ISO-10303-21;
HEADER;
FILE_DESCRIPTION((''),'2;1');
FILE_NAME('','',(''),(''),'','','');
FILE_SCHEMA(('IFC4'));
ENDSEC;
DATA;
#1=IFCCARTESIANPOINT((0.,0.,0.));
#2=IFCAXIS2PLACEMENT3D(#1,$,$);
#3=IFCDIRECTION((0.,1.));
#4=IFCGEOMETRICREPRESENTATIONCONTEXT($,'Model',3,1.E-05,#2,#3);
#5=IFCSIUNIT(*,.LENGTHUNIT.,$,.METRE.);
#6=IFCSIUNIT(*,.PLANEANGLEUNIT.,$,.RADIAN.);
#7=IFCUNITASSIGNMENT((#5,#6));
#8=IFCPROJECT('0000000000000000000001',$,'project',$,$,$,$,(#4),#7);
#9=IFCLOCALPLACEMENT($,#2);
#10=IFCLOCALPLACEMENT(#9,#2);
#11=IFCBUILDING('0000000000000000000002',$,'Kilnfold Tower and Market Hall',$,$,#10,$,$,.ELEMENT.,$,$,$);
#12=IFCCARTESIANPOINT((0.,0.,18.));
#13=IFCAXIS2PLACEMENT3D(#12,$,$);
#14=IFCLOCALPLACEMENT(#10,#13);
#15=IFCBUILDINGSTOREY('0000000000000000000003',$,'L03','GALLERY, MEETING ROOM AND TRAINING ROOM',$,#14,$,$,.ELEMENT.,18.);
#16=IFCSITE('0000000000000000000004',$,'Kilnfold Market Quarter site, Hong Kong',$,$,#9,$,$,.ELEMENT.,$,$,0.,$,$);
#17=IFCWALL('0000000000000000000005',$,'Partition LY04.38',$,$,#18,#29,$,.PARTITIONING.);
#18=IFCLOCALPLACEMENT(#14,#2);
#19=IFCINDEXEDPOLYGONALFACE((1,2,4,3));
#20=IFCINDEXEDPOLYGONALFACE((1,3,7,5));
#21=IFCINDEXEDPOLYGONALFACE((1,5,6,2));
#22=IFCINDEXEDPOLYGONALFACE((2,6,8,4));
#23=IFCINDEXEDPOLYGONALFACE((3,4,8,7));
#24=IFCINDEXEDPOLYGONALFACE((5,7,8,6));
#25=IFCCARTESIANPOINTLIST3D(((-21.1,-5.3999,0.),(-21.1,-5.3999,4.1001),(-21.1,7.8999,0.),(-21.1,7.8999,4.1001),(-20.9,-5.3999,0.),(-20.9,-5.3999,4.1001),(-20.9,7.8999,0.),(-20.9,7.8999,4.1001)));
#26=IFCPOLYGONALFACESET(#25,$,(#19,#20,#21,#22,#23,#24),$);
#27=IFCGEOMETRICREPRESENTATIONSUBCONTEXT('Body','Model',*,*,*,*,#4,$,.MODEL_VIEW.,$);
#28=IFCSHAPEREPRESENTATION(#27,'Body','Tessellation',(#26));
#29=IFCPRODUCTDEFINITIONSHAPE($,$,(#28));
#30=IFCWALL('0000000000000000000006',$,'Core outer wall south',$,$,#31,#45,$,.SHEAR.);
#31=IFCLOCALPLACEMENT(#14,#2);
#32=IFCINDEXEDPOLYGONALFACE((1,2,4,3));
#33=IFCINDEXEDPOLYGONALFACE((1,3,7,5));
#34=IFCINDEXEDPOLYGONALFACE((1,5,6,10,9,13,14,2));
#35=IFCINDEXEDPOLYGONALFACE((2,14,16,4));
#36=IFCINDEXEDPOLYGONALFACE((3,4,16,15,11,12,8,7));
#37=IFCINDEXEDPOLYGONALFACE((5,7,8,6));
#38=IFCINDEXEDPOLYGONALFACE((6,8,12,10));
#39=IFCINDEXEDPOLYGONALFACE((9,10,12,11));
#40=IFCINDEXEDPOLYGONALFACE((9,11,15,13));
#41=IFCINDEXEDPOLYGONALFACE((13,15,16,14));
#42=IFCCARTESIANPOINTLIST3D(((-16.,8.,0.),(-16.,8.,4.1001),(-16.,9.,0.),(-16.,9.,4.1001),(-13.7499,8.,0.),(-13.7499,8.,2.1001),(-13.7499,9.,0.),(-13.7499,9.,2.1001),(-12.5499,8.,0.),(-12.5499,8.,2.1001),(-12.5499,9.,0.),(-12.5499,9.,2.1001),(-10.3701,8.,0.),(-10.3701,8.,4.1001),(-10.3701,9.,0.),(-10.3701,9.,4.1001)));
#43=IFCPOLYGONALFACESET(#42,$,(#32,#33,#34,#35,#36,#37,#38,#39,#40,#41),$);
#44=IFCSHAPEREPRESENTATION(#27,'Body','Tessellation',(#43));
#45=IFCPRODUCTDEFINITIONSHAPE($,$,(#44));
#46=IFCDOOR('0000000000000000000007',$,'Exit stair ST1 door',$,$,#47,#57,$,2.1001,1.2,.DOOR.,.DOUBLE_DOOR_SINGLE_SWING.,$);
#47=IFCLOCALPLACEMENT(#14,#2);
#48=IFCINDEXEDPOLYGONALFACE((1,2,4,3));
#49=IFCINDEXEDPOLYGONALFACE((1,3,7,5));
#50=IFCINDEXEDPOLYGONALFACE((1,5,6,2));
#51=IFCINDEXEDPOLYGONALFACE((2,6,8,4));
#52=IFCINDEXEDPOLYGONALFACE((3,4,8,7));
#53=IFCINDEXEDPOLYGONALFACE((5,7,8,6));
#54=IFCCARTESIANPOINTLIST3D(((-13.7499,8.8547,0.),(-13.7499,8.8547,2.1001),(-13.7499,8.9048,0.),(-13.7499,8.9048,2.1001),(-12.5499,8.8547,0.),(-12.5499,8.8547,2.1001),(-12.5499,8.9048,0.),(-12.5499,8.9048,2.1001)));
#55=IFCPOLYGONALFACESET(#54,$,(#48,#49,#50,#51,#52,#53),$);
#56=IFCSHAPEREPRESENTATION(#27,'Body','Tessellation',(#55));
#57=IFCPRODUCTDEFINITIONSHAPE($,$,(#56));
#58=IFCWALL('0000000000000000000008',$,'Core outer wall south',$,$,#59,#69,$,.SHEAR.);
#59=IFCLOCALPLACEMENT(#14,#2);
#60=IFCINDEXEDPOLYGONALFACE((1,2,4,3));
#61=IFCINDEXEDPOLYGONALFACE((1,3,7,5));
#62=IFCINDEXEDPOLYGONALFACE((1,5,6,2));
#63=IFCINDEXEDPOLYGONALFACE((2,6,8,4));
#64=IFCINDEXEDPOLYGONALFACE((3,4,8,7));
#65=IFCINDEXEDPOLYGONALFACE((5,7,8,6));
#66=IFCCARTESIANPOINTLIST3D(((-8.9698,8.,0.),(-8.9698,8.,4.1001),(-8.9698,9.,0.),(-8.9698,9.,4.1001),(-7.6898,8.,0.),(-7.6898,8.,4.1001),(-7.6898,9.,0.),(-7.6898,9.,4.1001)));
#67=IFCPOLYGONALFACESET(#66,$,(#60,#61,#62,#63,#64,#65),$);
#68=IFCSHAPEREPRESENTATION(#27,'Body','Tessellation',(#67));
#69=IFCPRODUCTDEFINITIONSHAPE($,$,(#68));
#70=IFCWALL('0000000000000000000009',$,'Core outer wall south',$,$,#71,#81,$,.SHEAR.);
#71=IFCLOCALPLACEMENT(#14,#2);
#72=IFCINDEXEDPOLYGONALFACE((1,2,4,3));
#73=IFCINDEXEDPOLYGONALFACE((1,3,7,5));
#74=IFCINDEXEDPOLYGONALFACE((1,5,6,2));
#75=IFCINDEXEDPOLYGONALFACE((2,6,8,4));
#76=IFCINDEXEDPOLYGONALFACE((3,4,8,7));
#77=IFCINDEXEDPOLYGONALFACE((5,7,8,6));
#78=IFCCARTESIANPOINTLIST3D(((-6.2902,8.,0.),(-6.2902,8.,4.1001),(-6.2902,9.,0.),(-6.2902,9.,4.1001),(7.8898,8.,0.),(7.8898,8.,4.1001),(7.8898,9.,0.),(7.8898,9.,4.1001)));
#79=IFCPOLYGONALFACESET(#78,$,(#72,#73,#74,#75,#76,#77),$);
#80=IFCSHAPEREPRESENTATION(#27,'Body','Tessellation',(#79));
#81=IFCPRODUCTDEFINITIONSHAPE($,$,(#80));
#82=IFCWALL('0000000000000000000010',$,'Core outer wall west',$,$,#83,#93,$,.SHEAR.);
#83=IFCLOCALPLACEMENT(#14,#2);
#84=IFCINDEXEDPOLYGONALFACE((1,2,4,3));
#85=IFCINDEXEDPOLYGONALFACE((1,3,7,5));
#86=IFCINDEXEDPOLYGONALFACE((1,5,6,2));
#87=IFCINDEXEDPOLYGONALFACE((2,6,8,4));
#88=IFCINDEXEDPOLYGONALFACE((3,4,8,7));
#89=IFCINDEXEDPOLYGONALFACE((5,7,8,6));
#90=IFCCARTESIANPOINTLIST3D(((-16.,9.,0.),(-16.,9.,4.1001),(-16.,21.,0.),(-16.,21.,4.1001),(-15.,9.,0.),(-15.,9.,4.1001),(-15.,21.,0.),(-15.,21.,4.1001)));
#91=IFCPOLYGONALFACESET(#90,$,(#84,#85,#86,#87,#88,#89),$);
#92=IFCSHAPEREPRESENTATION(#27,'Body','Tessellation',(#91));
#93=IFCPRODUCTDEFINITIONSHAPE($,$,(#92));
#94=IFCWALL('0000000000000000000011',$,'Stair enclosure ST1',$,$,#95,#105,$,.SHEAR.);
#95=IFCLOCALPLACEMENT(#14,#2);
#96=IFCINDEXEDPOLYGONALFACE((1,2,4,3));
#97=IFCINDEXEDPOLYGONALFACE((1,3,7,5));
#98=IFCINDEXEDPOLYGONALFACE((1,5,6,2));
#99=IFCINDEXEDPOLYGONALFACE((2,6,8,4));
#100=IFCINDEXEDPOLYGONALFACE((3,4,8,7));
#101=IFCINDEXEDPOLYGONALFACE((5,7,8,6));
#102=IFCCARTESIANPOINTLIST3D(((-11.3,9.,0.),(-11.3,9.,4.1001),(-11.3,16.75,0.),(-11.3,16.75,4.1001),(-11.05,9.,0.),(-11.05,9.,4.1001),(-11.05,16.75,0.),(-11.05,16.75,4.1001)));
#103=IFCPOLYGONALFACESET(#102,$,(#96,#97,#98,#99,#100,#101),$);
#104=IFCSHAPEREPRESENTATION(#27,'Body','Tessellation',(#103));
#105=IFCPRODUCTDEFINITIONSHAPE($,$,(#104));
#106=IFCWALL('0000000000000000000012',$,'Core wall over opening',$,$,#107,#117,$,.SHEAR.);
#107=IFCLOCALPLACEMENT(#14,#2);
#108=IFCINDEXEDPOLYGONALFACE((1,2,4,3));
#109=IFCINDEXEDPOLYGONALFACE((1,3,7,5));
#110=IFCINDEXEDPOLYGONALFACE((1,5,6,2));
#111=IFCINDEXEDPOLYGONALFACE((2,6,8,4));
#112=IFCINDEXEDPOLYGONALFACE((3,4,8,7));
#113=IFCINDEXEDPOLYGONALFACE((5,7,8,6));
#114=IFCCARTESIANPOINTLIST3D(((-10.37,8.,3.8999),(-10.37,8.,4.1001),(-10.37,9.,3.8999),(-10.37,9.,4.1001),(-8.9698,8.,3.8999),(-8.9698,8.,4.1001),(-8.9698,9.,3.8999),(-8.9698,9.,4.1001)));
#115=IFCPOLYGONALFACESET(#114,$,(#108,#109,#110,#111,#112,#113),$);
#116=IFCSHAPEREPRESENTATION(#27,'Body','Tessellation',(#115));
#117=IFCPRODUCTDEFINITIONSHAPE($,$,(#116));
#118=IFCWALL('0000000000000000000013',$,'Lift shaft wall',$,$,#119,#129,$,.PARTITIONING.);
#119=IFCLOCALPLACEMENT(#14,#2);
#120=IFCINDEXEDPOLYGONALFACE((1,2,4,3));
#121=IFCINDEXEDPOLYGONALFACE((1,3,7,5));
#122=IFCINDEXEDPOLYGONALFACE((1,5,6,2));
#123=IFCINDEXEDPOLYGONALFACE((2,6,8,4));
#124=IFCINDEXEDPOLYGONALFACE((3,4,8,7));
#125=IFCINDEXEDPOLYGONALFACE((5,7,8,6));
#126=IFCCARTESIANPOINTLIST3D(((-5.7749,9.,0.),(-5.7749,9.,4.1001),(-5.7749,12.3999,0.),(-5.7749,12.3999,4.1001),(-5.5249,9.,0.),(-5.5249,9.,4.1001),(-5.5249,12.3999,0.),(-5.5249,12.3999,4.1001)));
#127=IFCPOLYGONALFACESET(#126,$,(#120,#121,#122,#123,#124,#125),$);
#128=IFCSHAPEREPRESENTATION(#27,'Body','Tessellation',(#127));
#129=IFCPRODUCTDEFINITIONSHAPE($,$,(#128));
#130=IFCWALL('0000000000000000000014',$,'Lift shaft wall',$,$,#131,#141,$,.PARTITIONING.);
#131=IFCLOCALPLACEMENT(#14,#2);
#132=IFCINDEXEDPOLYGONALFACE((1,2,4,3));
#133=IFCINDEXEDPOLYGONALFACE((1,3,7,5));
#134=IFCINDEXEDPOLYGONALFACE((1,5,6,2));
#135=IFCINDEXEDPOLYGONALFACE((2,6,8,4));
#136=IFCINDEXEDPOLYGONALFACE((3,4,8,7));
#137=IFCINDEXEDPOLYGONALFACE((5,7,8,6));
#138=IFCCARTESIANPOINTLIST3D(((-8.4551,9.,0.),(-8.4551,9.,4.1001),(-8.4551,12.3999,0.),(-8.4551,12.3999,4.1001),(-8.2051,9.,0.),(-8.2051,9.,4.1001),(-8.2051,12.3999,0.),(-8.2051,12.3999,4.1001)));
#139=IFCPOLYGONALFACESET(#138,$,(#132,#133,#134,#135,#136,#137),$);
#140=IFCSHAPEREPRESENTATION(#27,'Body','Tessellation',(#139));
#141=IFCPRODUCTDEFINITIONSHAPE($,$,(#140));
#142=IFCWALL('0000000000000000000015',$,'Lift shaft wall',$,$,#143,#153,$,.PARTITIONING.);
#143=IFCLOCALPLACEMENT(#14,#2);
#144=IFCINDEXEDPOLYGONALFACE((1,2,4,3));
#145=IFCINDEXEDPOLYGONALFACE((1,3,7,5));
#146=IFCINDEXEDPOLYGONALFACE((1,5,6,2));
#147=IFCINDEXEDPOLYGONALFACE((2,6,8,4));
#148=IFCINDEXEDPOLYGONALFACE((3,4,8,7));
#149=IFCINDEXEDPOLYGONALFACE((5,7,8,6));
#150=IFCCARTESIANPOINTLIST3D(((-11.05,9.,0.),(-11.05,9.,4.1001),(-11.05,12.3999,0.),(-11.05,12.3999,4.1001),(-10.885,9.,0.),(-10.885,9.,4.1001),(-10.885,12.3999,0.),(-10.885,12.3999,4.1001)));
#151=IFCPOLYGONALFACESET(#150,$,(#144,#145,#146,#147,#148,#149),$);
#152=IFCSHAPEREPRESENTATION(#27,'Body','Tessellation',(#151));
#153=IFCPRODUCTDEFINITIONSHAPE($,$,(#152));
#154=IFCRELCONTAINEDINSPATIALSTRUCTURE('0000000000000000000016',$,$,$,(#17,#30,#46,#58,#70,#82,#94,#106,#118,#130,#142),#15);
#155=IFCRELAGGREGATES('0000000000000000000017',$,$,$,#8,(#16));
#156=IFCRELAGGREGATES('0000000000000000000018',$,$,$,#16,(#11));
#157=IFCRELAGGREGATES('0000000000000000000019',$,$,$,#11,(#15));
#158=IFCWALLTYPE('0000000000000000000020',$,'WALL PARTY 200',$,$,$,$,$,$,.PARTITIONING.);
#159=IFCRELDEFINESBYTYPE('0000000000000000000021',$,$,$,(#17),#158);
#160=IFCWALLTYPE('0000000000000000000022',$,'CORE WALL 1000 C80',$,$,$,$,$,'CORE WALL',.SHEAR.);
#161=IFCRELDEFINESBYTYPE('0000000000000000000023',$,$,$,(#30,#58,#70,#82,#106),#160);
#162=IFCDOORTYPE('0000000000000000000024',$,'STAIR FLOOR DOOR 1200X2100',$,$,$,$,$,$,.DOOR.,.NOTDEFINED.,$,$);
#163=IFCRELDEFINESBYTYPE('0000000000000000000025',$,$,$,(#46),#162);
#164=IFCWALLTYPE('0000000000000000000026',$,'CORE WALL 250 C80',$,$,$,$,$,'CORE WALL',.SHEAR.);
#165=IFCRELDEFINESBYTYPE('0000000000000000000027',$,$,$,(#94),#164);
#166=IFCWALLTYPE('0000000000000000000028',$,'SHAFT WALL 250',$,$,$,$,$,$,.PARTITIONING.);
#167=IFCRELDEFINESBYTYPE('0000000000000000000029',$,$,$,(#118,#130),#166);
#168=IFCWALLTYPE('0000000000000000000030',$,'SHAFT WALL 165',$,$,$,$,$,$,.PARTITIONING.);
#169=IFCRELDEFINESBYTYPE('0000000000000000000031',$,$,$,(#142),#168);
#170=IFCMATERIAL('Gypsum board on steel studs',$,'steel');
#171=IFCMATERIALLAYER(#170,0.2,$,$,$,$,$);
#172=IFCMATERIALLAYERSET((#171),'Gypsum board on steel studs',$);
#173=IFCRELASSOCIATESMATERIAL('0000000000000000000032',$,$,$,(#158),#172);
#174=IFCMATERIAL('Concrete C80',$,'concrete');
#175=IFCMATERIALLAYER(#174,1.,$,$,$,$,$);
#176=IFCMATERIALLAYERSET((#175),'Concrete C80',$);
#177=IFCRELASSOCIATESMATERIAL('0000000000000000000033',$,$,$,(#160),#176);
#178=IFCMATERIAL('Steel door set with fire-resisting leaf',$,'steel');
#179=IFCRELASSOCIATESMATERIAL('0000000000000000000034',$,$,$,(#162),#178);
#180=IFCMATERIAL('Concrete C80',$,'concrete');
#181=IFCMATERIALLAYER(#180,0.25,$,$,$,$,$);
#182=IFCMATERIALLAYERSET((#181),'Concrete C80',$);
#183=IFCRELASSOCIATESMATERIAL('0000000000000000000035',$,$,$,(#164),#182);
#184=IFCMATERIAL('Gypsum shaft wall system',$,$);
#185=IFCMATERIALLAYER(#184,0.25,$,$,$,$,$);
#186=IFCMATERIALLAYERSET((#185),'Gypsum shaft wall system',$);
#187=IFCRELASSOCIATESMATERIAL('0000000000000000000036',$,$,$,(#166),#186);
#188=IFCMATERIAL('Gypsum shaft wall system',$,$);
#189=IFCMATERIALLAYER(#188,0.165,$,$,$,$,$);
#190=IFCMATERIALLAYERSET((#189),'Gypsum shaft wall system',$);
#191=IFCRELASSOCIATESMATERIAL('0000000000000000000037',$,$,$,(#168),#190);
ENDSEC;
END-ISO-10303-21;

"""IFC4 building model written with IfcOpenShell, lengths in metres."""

from ifc_helpers import new_model, si_unit, direction, frame, frame_2d, origin, place, context, subcontext, project, spatial, rectangle, extrude, source, transform, mapped, material, layer, layer_set, type_object, element, fill, save


model = new_model("IFC4")

# Units and contexts
model_context = context("Model", 3, precision=1e-05, world=origin(), true_north=direction((0.0, 1.0)))
body_context = subcontext(model_context, "Body", "Model", "MODEL_VIEW")
ifc_project = project(units=[si_unit("LENGTHUNIT", "METRE"), si_unit("PLANEANGLEUNIT", "RADIAN")], contexts=[model_context])

# Site, building, storey
site_placement = place(None, origin())
site = spatial("IfcSite", under=ifc_project, at=site_placement, Name="Kilnfold Market Quarter site, Hong Kong", CompositionType="ELEMENT", RefElevation=0.0)
building_placement = place(site_placement, origin())
building = spatial("IfcBuilding", under=site, at=building_placement, Name="Kilnfold Tower and Market Hall", CompositionType="ELEMENT")
storey_placement = place(building_placement, frame((0.0, 0.0, 18.0)))
storey = spatial("IfcBuildingStorey", under=building, at=storey_placement, Name="L03", Description="GALLERY, MEETING ROOM AND TRAINING ROOM", CompositionType="ELEMENT", Elevation=18.0)

# Wall
ifc_material_1 = material(Name="Gypsum board on steel studs", Category="steel")
ifc_layer_1 = layer(ifc_material_1, 0.2)
ifc_layer_set_1 = layer_set([ifc_layer_1], Name="Gypsum board on steel studs")
wall_type_1 = type_object("IfcWallType", Name="WALL PARTY 200", PredefinedType="PARTITIONING", material=ifc_layer_set_1)
wall_1_placement = place(storey_placement, frame((-21.0, 7.8999, 0.0), z_axis=(0.0, 0.0, 1.0), x_axis=(0.0, -1.0, 0.0)))
element("IfcWall", 1, at=wall_1_placement, inside=storey, type_object=wall_type_1, Name="Partition LY04.38", PredefinedType="PARTITIONING", context=body_context, shape_type="SweptSolid", body=[
    extrude(rectangle(XDim=13.2998, YDim=0.2, at=frame_2d((6.6499, 0.0))), origin(), (0.0, 0.0, 1.0), 4.1001),
])

# Wall, opening, door
ifc_material_2 = material(Name="Concrete C80", Category="concrete")
ifc_layer_2 = layer(ifc_material_2, 1.0)
ifc_layer_set_2 = layer_set([ifc_layer_2], Name="Concrete C80")
wall_type_2 = type_object("IfcWallType", Name="CORE WALL 1000 C80", ElementType="CORE WALL", PredefinedType="SHEAR", material=ifc_layer_set_2)
shared_shape_1 = source(origin(), body_context, "Body", "SweptSolid", [
    extrude(rectangle(XDim=5.6299, YDim=1.0, at=frame_2d((2.8149, 0.0))), origin(), (0.0, 0.0, 1.0), 4.1001),
])
wall_2_placement = place(storey_placement, frame((-16.0, 8.5, 0.0), z_axis=(0.0, 0.0, 1.0), x_axis=(1.0, 0.0, 0.0)))
wall_2 = element("IfcWall", 2, at=wall_2_placement, inside=storey, type_object=wall_type_2, Name="Core outer wall south", PredefinedType="SHEAR", context=body_context, shape_type="MappedRepresentation", body=[
    mapped(shared_shape_1, transform((0.0, 0.0, 0.0))),
])
opening_1_placement = place(wall_2_placement, frame((2.25, 0.0, 0.0)))
opening_1 = element("IfcOpeningElement", 3, at=opening_1_placement, cuts=wall_2, PredefinedType="OPENING", context=body_context, shape_type="SweptSolid", body=[
    extrude(rectangle(XDim=1.2, YDim=2.1001, at=frame_2d((0.6001, 1.05))), frame((0.0, 0.51, 0.0), z_axis=(0.0, -1.0, 0.0), x_axis=(1.0, 0.0, 0.0)), (0.0, 0.0, 1.0), 1.02),
])
ifc_material_3 = material(Name="Steel door set with fire-resisting leaf", Category="steel")
door_type_1 = type_object("IfcDoorType", Name="STAIR FLOOR DOOR 1200X2100", OperationType="NOTDEFINED", PredefinedType="DOOR", material=ifc_material_3)
door_1_placement = place(opening_1_placement, origin())
door_1 = element("IfcDoor", 4, at=door_1_placement, inside=storey, type_object=door_type_1, Name="Exit stair ST1 door", OperationType="DOUBLE_DOOR_SINGLE_SWING", OverallHeight=2.1001, OverallWidth=1.2, PredefinedType="DOOR", context=body_context, shape_type="SweptSolid", body=[
    extrude(rectangle(XDim=1.2, YDim=2.1001, at=frame_2d((0.6001, 1.05))), frame((0.0, 0.4048, 0.0), z_axis=(0.0, -1.0, 0.0), x_axis=(1.0, 0.0, 0.0)), (0.0, 0.0, 1.0), 0.05),
])
fill(opening_1, door_1)

# Walls
shared_shape_2 = source(origin(), body_context, "Body", "SweptSolid", [
    extrude(rectangle(XDim=1.28, YDim=1.0, at=frame_2d((0.6401, 0.0))), origin(), (0.0, 0.0, 1.0), 4.1001),
])
wall_3_placement = place(storey_placement, frame((-8.97, 8.5, 0.0), z_axis=(0.0, 0.0, 1.0), x_axis=(1.0, 0.0, 0.0)))
element("IfcWall", 5, at=wall_3_placement, inside=storey, type_object=wall_type_2, Name="Core outer wall south", PredefinedType="SHEAR", context=body_context, shape_type="MappedRepresentation", body=[
    mapped(shared_shape_2, transform((0.0, 0.0, 0.0))),
])
shared_shape_3 = source(origin(), body_context, "Body", "SweptSolid", [
    extrude(rectangle(XDim=14.1799, YDim=1.0, at=frame_2d((7.0898, 0.0))), origin(), (0.0, 0.0, 1.0), 4.1001),
])
wall_4_placement = place(storey_placement, frame((-6.29, 8.5, 0.0), z_axis=(0.0, 0.0, 1.0), x_axis=(1.0, 0.0, 0.0)))
element("IfcWall", 6, at=wall_4_placement, inside=storey, type_object=wall_type_2, Name="Core outer wall south", PredefinedType="SHEAR", context=body_context, shape_type="MappedRepresentation", body=[
    mapped(shared_shape_3, transform((0.0, 0.0, 0.0))),
])
shared_shape_4 = source(origin(), body_context, "Body", "SweptSolid", [
    extrude(rectangle(XDim=12.0, YDim=1.0, at=frame_2d((6.0, 0.0))), origin(), (0.0, 0.0, 1.0), 4.1001),
])
wall_5_placement = place(storey_placement, frame((-15.5, 9.0, 0.0), z_axis=(0.0, 0.0, 1.0), x_axis=(0.0, 1.0, 0.0)))
element("IfcWall", 7, at=wall_5_placement, inside=storey, type_object=wall_type_2, Name="Core outer wall west", PredefinedType="SHEAR", context=body_context, shape_type="MappedRepresentation", body=[
    mapped(shared_shape_4, transform((0.0, 0.0, 0.0))),
])
ifc_material_4 = material(Name="Concrete C80", Category="concrete")
ifc_layer_3 = layer(ifc_material_4, 0.25)
ifc_layer_set_3 = layer_set([ifc_layer_3], Name="Concrete C80")
wall_type_3 = type_object("IfcWallType", Name="CORE WALL 250 C80", ElementType="CORE WALL", PredefinedType="SHEAR", material=ifc_layer_set_3)
shared_shape_5 = source(origin(), body_context, "Body", "SweptSolid", [
    extrude(rectangle(XDim=7.75, YDim=0.25, at=frame_2d((3.875, 0.0))), origin(), (0.0, 0.0, 1.0), 4.1001),
])
wall_6_placement = place(storey_placement, frame((-11.175, 9.0, 0.0), z_axis=(0.0, 0.0, 1.0), x_axis=(0.0, 1.0, 0.0)))
element("IfcWall", 8, at=wall_6_placement, inside=storey, type_object=wall_type_3, Name="Stair enclosure ST1", PredefinedType="SHEAR", context=body_context, shape_type="MappedRepresentation", body=[
    mapped(shared_shape_5, transform((0.0, 0.0, 0.0))),
])
shared_shape_6 = source(origin(), body_context, "Body", "SweptSolid", [
    extrude(rectangle(XDim=1.4001, YDim=1.0, at=frame_2d((0.7002, 0.0))), origin(), (0.0, 0.0, 1.0), 0.2002),
])
wall_7_placement = place(storey_placement, frame((-10.3701, 8.5, 3.8999), z_axis=(0.0, 0.0, 1.0), x_axis=(1.0, 0.0, 0.0)))
element("IfcWall", 9, at=wall_7_placement, inside=storey, type_object=wall_type_2, Name="Core wall over opening", PredefinedType="SHEAR", context=body_context, shape_type="MappedRepresentation", body=[
    mapped(shared_shape_6, transform((0.0, 0.0, 0.0))),
])
ifc_material_5 = material(Name="Gypsum shaft wall system")
ifc_layer_4 = layer(ifc_material_5, 0.25)
ifc_layer_set_4 = layer_set([ifc_layer_4], Name="Gypsum shaft wall system")
wall_type_4 = type_object("IfcWallType", Name="SHAFT WALL 250", PredefinedType="PARTITIONING", material=ifc_layer_set_4)
shared_shape_7 = source(origin(), body_context, "Body", "SweptSolid", [
    extrude(rectangle(XDim=3.3999, YDim=0.25, at=frame_2d((1.7, 0.0))), origin(), (0.0, 0.0, 1.0), 4.1001),
])
for number, where, z_axis, x_axis, name in (
    (10, (-5.6499, 9.0, 0.0), (0.0, 0.0, 1.0), (0.0, 1.0, 0.0), "Lift shaft wall"),
    (11, (-8.3301, 9.0, 0.0), (0.0, 0.0, 1.0), (0.0, 1.0, 0.0), "Lift shaft wall"),
):
    element("IfcWall", number, at=place(storey_placement, frame(where, z_axis=z_axis, x_axis=x_axis)), inside=storey, type_object=wall_type_4, Name=name, PredefinedType="PARTITIONING", context=body_context, shape_type="MappedRepresentation", body=[
        mapped(shared_shape_7, transform((0.0, 0.0, 0.0))),
    ])
ifc_material_6 = material(Name="Gypsum shaft wall system")
ifc_layer_5 = layer(ifc_material_6, 0.165)
ifc_layer_set_5 = layer_set([ifc_layer_5], Name="Gypsum shaft wall system")
wall_type_5 = type_object("IfcWallType", Name="SHAFT WALL 165", PredefinedType="PARTITIONING", material=ifc_layer_set_5)
shared_shape_8 = source(origin(), body_context, "Body", "SweptSolid", [
    extrude(rectangle(XDim=3.3999, YDim=0.165, at=frame_2d((1.7, 0.0))), origin(), (0.0, 0.0, 1.0), 4.1001),
])
wall_8_placement = place(storey_placement, frame((-10.9675, 9.0, 0.0), z_axis=(0.0, 0.0, 1.0), x_axis=(0.0, 1.0, 0.0)))
element("IfcWall", 12, at=wall_8_placement, inside=storey, type_object=wall_type_5, Name="Lift shaft wall", PredefinedType="PARTITIONING", context=body_context, shape_type="MappedRepresentation", body=[
    mapped(shared_shape_8, transform((0.0, 0.0, 0.0))),
])

save(model, "model.ifc")
